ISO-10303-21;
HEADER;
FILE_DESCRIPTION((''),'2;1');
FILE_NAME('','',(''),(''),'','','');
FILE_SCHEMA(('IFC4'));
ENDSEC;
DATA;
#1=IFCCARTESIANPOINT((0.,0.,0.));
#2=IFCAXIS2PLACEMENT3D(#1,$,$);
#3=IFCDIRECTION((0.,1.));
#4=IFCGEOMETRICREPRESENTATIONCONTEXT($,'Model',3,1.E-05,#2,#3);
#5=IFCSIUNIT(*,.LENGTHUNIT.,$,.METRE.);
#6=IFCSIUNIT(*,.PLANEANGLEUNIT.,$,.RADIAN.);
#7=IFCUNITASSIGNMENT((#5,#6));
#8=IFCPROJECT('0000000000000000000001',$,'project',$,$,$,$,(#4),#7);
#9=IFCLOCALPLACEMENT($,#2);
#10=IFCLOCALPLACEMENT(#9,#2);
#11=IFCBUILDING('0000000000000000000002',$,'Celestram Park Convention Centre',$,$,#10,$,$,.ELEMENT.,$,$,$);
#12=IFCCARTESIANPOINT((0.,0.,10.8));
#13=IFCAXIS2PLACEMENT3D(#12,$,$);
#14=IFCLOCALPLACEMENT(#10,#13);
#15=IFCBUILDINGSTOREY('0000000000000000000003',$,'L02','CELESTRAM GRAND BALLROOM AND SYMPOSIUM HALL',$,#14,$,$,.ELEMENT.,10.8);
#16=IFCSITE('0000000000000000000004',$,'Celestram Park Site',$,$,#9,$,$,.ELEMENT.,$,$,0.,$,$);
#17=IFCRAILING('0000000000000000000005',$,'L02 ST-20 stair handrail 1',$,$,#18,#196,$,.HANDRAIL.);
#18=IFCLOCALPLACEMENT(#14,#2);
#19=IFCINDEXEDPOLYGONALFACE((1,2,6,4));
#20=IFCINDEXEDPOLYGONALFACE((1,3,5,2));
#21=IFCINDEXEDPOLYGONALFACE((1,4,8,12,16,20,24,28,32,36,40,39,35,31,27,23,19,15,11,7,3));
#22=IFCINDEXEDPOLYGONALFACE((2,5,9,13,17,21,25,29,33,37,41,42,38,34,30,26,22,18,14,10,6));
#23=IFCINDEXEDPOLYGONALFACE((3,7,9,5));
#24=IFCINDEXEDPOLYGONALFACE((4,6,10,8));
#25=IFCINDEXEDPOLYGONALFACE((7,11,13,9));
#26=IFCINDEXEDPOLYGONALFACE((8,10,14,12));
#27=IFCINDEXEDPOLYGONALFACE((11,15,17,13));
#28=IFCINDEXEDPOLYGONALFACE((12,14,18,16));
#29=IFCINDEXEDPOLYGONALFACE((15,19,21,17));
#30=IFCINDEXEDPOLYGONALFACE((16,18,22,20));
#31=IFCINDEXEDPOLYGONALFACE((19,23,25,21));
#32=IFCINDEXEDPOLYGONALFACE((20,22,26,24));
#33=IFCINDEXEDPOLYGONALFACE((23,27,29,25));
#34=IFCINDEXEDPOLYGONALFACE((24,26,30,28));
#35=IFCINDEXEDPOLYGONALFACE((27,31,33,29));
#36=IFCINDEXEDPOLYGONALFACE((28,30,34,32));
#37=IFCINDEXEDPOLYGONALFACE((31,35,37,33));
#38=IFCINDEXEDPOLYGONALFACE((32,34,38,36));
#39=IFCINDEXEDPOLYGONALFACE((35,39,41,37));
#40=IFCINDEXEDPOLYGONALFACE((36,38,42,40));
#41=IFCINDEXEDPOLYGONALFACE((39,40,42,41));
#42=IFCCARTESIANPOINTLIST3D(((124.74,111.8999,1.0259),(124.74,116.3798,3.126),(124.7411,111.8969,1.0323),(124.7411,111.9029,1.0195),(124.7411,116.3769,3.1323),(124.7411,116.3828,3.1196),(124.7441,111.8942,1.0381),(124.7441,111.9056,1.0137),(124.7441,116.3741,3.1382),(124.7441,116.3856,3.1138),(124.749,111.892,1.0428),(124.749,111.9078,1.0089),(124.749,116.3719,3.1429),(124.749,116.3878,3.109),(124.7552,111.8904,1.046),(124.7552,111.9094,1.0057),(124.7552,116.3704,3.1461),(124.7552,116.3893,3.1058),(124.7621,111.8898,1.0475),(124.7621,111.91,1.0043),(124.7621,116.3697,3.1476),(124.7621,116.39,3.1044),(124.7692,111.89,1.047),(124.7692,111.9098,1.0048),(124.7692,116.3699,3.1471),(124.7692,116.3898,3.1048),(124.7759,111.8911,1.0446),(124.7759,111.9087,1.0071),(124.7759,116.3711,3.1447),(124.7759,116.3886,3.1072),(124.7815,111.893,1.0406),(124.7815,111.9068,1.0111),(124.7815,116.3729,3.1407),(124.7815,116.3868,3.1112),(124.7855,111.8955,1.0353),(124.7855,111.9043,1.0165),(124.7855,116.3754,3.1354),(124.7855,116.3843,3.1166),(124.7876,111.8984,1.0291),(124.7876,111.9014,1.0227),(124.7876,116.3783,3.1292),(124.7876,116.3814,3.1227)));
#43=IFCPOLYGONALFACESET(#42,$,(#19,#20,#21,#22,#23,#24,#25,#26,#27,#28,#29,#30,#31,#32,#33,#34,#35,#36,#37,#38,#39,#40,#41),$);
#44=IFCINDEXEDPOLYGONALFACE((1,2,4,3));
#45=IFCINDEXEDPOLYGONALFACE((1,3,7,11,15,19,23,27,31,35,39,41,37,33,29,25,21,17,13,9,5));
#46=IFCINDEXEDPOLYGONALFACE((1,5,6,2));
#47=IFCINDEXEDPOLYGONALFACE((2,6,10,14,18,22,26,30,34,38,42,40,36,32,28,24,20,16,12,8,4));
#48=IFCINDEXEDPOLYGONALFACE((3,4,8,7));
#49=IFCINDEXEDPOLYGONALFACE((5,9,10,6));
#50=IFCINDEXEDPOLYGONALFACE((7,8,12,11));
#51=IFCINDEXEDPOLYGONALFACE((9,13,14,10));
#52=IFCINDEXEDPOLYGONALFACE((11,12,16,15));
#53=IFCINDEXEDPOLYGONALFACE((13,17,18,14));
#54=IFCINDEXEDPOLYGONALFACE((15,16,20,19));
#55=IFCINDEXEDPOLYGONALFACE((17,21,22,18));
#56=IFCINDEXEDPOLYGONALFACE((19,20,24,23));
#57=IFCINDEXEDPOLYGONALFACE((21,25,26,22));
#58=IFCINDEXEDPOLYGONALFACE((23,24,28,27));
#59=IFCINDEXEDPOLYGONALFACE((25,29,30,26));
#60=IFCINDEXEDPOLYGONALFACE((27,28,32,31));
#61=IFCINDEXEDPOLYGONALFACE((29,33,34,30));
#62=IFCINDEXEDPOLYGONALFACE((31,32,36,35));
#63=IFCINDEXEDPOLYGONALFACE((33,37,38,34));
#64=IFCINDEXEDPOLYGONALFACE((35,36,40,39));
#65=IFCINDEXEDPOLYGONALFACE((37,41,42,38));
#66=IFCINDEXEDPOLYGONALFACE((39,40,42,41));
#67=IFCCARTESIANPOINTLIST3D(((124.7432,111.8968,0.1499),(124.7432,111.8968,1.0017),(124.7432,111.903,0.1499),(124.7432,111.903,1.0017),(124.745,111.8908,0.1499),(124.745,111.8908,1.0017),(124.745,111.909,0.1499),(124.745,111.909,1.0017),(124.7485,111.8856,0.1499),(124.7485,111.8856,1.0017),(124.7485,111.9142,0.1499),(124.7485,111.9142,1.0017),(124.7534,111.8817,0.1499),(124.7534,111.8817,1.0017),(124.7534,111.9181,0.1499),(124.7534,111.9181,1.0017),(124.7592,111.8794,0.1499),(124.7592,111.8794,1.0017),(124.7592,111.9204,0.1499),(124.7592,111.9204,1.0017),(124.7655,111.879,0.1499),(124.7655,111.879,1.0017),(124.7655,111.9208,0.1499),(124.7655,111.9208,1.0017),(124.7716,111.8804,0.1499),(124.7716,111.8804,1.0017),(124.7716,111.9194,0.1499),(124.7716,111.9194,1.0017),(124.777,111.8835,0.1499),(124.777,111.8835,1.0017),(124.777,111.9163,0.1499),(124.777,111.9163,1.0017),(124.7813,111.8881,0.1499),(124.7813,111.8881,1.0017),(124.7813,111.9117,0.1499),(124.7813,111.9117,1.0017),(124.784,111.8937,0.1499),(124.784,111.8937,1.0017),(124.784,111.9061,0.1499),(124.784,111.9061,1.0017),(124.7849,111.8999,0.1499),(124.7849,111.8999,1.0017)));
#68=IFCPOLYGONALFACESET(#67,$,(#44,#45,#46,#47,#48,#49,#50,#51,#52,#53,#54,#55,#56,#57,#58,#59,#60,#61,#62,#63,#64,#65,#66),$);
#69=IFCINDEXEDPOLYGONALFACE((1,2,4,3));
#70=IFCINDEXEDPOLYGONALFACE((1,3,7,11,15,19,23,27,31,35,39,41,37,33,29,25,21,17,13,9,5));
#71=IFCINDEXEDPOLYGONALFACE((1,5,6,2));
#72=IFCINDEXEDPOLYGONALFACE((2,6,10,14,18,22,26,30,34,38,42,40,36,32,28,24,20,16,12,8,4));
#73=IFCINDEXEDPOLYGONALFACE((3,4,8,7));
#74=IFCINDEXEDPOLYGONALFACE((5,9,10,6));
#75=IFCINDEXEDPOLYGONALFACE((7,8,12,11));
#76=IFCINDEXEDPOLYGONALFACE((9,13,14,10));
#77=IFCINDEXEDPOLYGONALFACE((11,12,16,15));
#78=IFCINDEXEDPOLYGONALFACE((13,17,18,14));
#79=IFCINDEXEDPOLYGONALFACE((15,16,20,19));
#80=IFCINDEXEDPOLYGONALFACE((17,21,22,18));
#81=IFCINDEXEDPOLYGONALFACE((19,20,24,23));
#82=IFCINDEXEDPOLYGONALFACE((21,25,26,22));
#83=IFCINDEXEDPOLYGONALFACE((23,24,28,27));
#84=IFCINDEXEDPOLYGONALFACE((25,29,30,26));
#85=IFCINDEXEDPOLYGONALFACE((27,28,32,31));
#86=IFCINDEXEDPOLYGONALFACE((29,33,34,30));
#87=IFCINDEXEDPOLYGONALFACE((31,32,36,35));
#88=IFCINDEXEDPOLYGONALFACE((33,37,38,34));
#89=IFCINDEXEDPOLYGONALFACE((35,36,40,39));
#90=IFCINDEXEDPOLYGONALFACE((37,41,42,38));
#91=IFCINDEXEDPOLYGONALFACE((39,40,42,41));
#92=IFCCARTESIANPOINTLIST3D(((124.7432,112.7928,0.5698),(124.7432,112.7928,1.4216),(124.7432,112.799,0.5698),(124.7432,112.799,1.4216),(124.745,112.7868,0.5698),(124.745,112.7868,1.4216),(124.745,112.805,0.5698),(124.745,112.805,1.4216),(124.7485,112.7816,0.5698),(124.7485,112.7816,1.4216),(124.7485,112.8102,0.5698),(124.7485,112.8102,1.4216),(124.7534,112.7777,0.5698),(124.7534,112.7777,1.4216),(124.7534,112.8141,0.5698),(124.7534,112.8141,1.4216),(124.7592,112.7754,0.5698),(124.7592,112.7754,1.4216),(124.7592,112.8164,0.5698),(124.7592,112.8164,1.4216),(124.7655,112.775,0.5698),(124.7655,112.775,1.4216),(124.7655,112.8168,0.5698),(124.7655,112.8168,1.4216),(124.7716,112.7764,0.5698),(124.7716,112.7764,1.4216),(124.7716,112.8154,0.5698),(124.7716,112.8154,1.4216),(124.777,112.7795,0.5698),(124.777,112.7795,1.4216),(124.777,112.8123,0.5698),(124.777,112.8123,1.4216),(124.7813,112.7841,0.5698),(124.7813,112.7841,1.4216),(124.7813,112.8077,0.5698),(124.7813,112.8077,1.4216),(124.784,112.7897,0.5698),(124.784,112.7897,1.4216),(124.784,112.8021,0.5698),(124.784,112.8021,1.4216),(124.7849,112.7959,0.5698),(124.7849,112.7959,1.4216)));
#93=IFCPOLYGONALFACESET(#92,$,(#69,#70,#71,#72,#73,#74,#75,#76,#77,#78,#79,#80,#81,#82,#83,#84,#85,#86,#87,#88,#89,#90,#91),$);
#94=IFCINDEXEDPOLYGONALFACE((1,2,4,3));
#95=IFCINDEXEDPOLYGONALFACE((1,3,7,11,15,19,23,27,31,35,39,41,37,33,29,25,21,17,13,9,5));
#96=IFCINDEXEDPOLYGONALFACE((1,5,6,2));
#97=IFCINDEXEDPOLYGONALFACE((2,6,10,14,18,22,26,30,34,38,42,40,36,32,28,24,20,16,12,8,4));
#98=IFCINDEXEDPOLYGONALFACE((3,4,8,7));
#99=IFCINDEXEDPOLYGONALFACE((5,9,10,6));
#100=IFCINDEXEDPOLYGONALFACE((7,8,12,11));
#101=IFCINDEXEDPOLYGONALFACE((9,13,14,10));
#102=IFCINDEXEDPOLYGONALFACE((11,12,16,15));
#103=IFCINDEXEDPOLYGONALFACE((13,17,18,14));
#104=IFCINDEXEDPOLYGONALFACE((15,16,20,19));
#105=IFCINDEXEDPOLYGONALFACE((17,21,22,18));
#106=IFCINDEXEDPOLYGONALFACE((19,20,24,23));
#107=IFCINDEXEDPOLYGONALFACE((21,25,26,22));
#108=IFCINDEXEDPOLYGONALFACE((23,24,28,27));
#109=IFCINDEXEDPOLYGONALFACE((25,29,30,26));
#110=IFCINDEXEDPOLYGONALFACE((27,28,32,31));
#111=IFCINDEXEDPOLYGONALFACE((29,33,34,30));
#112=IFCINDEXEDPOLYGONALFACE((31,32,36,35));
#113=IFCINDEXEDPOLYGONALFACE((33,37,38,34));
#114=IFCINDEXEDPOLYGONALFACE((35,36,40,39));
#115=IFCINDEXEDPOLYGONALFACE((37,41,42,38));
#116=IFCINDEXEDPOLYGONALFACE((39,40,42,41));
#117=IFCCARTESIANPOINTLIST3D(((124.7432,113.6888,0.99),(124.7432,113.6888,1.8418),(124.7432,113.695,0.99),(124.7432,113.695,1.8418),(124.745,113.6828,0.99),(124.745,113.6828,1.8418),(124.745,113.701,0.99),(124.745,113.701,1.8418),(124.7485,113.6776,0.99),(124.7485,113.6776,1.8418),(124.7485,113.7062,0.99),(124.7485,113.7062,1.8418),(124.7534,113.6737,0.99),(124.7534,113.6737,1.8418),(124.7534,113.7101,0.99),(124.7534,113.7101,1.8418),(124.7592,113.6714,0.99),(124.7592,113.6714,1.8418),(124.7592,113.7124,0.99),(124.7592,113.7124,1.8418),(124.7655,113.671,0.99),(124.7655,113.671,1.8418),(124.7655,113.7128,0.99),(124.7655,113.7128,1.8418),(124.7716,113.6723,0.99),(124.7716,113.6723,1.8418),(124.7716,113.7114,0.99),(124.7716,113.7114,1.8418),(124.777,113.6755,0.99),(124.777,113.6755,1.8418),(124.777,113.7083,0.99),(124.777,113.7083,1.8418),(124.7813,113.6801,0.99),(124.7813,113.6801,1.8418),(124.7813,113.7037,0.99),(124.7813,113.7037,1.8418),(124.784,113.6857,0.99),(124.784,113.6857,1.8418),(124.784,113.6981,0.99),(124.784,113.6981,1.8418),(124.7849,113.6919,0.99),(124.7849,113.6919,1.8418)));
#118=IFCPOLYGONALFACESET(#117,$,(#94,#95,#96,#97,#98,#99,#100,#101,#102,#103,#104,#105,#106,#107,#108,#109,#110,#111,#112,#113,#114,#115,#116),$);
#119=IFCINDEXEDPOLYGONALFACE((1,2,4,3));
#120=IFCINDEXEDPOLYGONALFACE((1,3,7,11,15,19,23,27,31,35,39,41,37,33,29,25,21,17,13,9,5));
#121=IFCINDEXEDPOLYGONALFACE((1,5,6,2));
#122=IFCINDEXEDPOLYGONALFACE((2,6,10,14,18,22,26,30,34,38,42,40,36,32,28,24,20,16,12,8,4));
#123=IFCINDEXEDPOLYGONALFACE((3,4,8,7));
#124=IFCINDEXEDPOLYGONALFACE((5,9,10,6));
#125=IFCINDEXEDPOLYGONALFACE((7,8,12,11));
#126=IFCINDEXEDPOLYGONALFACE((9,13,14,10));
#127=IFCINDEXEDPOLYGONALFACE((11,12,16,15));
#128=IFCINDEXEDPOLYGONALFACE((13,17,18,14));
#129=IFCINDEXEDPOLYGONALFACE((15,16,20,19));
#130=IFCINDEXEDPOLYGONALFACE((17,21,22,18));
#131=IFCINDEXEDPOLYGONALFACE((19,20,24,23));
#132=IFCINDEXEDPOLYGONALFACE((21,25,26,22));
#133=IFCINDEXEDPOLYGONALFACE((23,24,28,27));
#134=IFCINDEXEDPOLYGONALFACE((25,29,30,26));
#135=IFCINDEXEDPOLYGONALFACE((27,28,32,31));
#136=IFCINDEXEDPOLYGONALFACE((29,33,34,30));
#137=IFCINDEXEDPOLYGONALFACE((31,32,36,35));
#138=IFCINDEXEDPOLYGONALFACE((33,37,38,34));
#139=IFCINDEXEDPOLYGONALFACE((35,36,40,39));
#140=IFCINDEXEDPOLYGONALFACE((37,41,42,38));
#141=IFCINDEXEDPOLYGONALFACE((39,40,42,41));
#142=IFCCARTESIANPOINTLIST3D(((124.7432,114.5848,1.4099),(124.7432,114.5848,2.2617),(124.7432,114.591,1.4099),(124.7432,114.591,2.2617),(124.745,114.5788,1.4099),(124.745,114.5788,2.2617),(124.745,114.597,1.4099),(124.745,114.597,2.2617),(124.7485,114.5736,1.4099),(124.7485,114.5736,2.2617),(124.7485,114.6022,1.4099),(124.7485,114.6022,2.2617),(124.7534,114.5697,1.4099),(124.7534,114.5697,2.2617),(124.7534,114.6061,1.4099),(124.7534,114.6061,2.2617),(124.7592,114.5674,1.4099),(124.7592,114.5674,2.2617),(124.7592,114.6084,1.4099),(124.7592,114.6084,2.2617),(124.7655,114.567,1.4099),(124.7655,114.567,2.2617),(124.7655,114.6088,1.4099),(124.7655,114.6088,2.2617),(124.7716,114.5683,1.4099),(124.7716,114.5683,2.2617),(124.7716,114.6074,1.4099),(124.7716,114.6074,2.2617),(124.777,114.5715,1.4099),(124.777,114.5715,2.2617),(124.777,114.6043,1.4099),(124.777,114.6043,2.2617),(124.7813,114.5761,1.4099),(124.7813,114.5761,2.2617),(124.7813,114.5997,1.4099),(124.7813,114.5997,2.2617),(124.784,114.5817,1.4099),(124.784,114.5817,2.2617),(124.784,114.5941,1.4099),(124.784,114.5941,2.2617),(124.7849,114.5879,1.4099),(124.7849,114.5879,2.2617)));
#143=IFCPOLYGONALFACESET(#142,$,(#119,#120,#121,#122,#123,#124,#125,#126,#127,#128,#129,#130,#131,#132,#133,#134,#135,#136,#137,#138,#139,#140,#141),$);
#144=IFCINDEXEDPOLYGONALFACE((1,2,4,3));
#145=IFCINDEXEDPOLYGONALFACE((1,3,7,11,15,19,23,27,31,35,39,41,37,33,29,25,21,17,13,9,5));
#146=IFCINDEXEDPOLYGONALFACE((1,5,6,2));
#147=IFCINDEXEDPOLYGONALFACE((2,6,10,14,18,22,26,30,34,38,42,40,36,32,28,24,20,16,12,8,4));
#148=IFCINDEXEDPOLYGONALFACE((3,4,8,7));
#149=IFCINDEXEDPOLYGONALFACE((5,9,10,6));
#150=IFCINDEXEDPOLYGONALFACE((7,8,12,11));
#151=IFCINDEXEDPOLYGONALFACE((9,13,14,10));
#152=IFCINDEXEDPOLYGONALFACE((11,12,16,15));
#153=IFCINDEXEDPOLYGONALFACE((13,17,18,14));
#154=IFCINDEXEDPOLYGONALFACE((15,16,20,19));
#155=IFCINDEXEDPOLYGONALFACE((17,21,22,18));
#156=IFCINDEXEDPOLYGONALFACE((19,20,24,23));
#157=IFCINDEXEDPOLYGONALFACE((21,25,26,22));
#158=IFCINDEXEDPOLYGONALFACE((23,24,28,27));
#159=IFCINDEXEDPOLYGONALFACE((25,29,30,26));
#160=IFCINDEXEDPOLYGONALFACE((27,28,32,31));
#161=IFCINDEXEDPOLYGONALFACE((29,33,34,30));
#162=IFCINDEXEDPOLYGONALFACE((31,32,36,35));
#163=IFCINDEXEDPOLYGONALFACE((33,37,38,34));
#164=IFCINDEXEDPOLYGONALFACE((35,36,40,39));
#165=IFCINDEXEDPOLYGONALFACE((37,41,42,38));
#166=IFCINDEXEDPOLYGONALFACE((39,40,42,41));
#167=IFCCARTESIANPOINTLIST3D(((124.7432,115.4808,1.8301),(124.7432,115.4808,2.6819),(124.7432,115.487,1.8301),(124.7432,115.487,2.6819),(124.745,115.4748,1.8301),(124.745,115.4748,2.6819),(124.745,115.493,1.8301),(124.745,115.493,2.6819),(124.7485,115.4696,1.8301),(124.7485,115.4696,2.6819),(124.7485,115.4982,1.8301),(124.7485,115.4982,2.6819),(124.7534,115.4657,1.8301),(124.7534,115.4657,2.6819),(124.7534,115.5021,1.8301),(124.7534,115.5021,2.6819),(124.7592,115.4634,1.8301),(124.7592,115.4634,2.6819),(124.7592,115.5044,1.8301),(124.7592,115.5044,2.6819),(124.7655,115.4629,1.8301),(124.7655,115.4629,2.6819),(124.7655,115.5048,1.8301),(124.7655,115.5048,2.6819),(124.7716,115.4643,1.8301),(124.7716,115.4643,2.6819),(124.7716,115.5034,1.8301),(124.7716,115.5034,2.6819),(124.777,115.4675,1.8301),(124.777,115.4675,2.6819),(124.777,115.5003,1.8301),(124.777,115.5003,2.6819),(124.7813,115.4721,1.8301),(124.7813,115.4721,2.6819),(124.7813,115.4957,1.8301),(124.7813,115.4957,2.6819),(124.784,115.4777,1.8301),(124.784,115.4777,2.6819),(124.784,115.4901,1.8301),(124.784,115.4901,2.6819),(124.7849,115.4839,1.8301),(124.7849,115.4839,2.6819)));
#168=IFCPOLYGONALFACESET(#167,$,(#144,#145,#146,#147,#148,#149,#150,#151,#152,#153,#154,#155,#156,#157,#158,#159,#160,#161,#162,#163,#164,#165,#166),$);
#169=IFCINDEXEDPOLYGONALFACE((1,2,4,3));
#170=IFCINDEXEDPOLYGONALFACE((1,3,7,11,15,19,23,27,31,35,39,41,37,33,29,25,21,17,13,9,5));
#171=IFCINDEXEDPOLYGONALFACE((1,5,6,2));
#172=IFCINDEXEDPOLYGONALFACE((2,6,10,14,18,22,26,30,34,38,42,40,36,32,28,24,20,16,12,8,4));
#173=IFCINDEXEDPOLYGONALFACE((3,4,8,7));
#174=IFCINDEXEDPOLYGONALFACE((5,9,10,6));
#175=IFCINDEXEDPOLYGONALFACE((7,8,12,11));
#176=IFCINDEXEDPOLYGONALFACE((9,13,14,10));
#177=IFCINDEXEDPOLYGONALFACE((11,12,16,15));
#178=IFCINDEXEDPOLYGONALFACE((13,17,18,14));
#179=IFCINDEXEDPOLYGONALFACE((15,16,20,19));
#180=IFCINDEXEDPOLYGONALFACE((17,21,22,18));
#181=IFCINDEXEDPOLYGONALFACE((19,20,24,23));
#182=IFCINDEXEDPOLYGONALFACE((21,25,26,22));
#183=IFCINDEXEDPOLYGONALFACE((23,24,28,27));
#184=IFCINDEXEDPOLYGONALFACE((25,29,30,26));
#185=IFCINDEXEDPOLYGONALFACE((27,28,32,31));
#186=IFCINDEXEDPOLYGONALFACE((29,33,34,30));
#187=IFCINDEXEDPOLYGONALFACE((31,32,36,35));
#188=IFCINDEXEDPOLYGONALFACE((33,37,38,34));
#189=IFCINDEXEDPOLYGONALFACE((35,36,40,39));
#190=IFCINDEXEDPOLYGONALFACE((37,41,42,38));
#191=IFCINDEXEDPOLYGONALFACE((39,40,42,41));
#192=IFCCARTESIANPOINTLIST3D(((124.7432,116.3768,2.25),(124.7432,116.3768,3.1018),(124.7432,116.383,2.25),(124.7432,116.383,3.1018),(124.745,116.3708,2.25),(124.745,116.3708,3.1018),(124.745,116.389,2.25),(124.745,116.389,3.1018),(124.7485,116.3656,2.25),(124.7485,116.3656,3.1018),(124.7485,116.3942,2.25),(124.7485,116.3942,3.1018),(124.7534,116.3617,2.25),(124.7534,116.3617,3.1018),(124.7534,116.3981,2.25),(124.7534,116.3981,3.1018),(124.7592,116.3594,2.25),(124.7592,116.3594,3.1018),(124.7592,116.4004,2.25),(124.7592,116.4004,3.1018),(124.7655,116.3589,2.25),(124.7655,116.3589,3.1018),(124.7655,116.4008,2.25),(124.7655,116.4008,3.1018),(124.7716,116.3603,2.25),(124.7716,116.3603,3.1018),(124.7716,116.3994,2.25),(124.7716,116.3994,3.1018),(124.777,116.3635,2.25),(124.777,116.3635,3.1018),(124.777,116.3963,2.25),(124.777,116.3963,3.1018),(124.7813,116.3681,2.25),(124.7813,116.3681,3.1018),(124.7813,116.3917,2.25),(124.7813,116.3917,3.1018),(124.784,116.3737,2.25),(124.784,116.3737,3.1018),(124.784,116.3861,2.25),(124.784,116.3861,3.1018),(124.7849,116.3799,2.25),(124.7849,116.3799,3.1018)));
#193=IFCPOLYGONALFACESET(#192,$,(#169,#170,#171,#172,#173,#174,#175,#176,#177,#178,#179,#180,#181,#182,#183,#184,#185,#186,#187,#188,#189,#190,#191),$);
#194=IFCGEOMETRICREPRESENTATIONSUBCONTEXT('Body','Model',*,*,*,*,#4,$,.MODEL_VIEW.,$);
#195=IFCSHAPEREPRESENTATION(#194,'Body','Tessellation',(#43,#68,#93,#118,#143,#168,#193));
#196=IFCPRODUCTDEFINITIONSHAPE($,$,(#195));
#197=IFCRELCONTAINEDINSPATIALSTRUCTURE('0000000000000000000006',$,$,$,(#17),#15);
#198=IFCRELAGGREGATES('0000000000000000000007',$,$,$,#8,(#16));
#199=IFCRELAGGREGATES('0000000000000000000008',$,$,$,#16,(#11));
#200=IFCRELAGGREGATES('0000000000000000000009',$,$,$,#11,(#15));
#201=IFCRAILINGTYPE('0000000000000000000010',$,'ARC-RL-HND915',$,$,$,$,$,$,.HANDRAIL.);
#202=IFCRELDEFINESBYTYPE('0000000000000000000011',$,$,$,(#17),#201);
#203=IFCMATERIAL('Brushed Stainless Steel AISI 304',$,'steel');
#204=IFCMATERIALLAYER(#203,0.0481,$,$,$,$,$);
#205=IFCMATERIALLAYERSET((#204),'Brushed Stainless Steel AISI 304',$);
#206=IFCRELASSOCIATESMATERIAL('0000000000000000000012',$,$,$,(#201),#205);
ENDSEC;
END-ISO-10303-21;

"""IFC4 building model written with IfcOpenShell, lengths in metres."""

from ifc_helpers import new_model, si_unit, direction, frame, origin, origin_2d, place, context, subcontext, project, spatial, circle, extrude, material, layer, layer_set, type_object, element, save


model = new_model("IFC4")

# Units and contexts
model_context = context("Model", 3, precision=1e-05, world=origin(), true_north=direction((0.0, 1.0)))
body_context = subcontext(model_context, "Body", "Model", "MODEL_VIEW")
ifc_project = project(units=[si_unit("LENGTHUNIT", "METRE"), si_unit("PLANEANGLEUNIT", "RADIAN")], contexts=[model_context])

# Site, building, storey
site_placement = place(None, origin())
site = spatial("IfcSite", under=ifc_project, at=site_placement, Name="Celestram Park Site", CompositionType="ELEMENT", RefElevation=0.0)
building_placement = place(site_placement, origin())
building = spatial("IfcBuilding", under=site, at=building_placement, Name="Celestram Park Convention Centre", CompositionType="ELEMENT")
storey_placement = place(building_placement, frame((0.0, 0.0, 10.8)))
storey = spatial("IfcBuildingStorey", under=building, at=storey_placement, Name="L02", Description="CELESTRAM GRAND BALLROOM AND SYMPOSIUM HALL", CompositionType="ELEMENT", Elevation=10.8)

# Railing
ifc_material_1 = material(Name="Brushed Stainless Steel AISI 304", Category="steel")
ifc_layer_1 = layer(ifc_material_1, 0.0481)
ifc_layer_set_1 = layer_set([ifc_layer_1], Name="Brushed Stainless Steel AISI 304")
railing_type_1 = type_object("IfcRailingType", Name="ARC-RL-HND915", PredefinedType="HANDRAIL", material=ifc_layer_set_1)
railing_1_placement = place(storey_placement, frame((124.7639, 111.8999, 0.1499)))
element("IfcRailing", 1, at=railing_1_placement, inside=storey, type_object=railing_type_1, Name="L02 ST-20 stair handrail 1", PredefinedType="HANDRAIL", context=body_context, shape_type="SweptSolid", body=[
    extrude(circle(Radius=0.0239, at=origin_2d()), frame((0.0, 0.0, 0.876), z_axis=(0.0, 0.905451, 0.424452), x_axis=(-1.0, 0.0, 0.0)), (0.0, 0.0, 1.0), 4.9478),
    extrude(circle(Radius=0.021, at=origin_2d()), origin(), (0.0, 0.0, 1.0), 0.8518),
    extrude(circle(Radius=0.021, at=origin_2d()), frame((0.0, 0.896, 0.4199)), (0.0, 0.0, 1.0), 0.8518),
    extrude(circle(Radius=0.021, at=origin_2d()), frame((0.0, 1.792, 0.8401)), (0.0, 0.0, 1.0), 0.8518),
    extrude(circle(Radius=0.021, at=origin_2d()), frame((0.0, 2.688, 1.26)), (0.0, 0.0, 1.0), 0.8518),
    extrude(circle(Radius=0.021, at=origin_2d()), frame((0.0, 3.584, 1.6802)), (0.0, 0.0, 1.0), 0.8518),
    extrude(circle(Radius=0.021, at=origin_2d()), frame((0.0, 4.48, 2.1001)), (0.0, 0.0, 1.0), 0.8518),
])

save(model, "model.ifc")
